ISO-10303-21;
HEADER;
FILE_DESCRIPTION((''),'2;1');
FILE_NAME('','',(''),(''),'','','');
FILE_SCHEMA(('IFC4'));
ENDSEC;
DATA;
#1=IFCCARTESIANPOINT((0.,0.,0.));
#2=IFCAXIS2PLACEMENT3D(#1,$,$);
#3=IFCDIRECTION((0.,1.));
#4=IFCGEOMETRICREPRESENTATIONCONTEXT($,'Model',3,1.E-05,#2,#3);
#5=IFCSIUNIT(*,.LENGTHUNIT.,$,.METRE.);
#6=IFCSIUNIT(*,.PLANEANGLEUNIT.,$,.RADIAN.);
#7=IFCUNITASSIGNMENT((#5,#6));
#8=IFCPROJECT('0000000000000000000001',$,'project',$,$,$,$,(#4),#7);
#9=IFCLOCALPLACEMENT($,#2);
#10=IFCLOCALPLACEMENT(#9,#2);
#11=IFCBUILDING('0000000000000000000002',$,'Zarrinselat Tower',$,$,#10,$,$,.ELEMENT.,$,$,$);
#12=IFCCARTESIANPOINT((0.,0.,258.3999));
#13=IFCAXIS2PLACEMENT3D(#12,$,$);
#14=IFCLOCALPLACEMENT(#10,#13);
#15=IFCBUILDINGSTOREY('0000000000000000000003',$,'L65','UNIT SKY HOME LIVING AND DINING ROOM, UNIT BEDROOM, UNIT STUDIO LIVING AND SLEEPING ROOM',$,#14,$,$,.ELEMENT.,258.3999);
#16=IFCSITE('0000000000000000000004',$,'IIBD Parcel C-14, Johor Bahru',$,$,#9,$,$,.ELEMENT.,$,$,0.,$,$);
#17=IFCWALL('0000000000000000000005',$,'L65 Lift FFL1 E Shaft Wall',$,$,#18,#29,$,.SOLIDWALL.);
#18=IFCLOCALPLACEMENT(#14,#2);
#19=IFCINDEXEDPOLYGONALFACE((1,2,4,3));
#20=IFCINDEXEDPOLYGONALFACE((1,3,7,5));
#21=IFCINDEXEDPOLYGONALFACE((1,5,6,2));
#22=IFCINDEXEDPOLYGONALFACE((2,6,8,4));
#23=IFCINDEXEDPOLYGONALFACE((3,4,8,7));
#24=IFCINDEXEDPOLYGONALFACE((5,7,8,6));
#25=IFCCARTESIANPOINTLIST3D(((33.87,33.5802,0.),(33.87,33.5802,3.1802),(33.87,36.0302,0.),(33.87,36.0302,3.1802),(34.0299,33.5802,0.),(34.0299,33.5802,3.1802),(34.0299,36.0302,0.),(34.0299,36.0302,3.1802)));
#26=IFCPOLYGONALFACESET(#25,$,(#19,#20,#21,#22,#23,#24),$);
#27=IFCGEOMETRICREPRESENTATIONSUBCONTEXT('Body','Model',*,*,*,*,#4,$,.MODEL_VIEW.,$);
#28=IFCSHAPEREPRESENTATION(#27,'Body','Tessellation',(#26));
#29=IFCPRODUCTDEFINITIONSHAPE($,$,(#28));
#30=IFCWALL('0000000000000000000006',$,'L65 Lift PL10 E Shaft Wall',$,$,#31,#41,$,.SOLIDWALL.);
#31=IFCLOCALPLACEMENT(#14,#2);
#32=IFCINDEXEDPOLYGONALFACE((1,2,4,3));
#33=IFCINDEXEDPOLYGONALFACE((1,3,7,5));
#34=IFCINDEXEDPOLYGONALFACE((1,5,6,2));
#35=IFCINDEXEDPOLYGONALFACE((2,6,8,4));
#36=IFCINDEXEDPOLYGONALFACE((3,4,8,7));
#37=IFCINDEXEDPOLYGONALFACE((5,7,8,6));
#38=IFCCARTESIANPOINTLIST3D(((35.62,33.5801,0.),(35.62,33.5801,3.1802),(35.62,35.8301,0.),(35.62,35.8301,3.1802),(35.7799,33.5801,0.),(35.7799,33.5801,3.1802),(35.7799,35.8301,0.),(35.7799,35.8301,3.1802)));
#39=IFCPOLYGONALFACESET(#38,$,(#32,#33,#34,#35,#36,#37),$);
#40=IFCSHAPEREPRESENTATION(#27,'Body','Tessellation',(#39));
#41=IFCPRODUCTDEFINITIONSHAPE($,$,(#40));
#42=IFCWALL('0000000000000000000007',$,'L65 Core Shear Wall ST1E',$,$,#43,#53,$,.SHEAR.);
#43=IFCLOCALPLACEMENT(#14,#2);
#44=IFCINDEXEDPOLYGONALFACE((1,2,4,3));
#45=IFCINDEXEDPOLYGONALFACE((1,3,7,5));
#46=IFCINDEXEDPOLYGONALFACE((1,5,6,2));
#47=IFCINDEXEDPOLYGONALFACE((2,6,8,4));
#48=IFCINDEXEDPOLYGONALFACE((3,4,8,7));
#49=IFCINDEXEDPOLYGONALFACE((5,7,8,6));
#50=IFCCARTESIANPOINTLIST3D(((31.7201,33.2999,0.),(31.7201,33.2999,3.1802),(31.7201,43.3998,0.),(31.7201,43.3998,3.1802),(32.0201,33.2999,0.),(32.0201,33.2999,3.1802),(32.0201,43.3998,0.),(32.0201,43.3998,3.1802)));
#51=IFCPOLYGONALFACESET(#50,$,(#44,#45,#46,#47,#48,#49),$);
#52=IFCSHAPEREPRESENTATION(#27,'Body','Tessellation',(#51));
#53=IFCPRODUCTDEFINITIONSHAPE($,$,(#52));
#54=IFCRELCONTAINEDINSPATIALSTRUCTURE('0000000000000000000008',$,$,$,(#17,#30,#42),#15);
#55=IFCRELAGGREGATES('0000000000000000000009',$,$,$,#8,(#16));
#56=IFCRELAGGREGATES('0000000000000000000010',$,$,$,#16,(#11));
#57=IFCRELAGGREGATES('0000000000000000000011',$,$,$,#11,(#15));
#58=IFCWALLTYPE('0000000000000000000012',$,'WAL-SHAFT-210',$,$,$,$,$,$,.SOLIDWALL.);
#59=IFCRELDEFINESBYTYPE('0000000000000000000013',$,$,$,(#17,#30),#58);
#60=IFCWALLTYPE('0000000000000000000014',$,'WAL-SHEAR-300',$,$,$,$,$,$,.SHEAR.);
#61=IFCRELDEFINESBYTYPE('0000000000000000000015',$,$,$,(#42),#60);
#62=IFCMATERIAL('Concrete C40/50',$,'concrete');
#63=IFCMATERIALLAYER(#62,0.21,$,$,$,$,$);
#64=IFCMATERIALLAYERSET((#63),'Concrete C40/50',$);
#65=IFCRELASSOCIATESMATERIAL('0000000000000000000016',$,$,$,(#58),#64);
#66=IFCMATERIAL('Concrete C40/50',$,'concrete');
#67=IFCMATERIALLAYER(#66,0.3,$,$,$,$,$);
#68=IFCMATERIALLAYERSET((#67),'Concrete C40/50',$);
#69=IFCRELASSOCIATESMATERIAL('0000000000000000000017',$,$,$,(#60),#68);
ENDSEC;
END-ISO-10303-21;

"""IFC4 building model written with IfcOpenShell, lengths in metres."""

from ifc_helpers import new_model, si_unit, direction, frame, frame_2d, origin, place, context, subcontext, project, spatial, rectangle, extrude, material, layer, layer_set, type_object, element, save


model = new_model("IFC4")

# Units and contexts
model_context = context("Model", 3, precision=1e-05, world=origin(), true_north=direction((0.0, 1.0)))
body_context = subcontext(model_context, "Body", "Model", "MODEL_VIEW")
ifc_project = project(units=[si_unit("LENGTHUNIT", "METRE"), si_unit("PLANEANGLEUNIT", "RADIAN")], contexts=[model_context])

# Site, building, storey
site_placement = place(None, origin())
site = spatial("IfcSite", under=ifc_project, at=site_placement, Name="IIBD Parcel C-14, Johor Bahru", CompositionType="ELEMENT", RefElevation=0.0)
building_placement = place(site_placement, origin())
building = spatial("IfcBuilding", under=site, at=building_placement, Name="Zarrinselat Tower", CompositionType="ELEMENT")
storey_placement = place(building_placement, frame((0.0, 0.0, 258.3999)))
storey = spatial("IfcBuildingStorey", under=building, at=storey_placement, Name="L65", Description="UNIT SKY HOME LIVING AND DINING ROOM, UNIT BEDROOM, UNIT STUDIO LIVING AND SLEEPING ROOM", CompositionType="ELEMENT", Elevation=258.3999)

# Walls
ifc_material_1 = material(Name="Concrete C40/50", Category="concrete")
ifc_layer_1 = layer(ifc_material_1, 0.21)
ifc_layer_set_1 = layer_set([ifc_layer_1], Name="Concrete C40/50")
wall_type_1 = type_object("IfcWallType", Name="WAL-SHAFT-210", PredefinedType="SOLIDWALL", material=ifc_layer_set_1)
wall_1_placement = place(storey_placement, frame((33.95, 33.5801, 0.0), z_axis=(0.0, 0.0, 1.0), x_axis=(0.0, 1.0, 0.0)))
element("IfcWall", 1, at=wall_1_placement, inside=storey, type_object=wall_type_1, Name="L65 Lift FFL1 E Shaft Wall", PredefinedType="SOLIDWALL", context=body_context, shape_type="SweptSolid", body=[
    extrude(rectangle(XDim=2.45, YDim=0.1599, at=frame_2d((1.2251, 0.0))), origin(), (0.0, 0.0, 1.0), 3.1802),
])
wall_2_placement = place(storey_placement, frame((35.7, 33.5801, 0.0), z_axis=(0.0, 0.0, 1.0), x_axis=(0.0, 1.0, 0.0)))
element("IfcWall", 2, at=wall_2_placement, inside=storey, type_object=wall_type_1, Name="L65 Lift PL10 E Shaft Wall", PredefinedType="SOLIDWALL", context=body_context, shape_type="SweptSolid", body=[
    extrude(rectangle(XDim=2.25, YDim=0.1599, at=frame_2d((1.125, 0.0))), origin(), (0.0, 0.0, 1.0), 3.1802),
])
ifc_material_2 = material(Name="Concrete C40/50", Category="concrete")
ifc_layer_2 = layer(ifc_material_2, 0.3)
ifc_layer_set_2 = layer_set([ifc_layer_2], Name="Concrete C40/50")
wall_type_2 = type_object("IfcWallType", Name="WAL-SHEAR-300", PredefinedType="SHEAR", material=ifc_layer_set_2)
wall_3_placement = place(storey_placement, frame((31.8701, 33.3, 0.0), z_axis=(0.0, 0.0, 1.0), x_axis=(0.0, 1.0, 0.0)))
element("IfcWall", 3, at=wall_3_placement, inside=storey, type_object=wall_type_2, Name="L65 Core Shear Wall ST1E", PredefinedType="SHEAR", context=body_context, shape_type="SweptSolid", body=[
    extrude(rectangle(XDim=10.0999, YDim=0.3, at=frame_2d((5.0498, 0.0))), origin(), (0.0, 0.0, 1.0), 3.1802),
])

save(model, "model.ifc")
